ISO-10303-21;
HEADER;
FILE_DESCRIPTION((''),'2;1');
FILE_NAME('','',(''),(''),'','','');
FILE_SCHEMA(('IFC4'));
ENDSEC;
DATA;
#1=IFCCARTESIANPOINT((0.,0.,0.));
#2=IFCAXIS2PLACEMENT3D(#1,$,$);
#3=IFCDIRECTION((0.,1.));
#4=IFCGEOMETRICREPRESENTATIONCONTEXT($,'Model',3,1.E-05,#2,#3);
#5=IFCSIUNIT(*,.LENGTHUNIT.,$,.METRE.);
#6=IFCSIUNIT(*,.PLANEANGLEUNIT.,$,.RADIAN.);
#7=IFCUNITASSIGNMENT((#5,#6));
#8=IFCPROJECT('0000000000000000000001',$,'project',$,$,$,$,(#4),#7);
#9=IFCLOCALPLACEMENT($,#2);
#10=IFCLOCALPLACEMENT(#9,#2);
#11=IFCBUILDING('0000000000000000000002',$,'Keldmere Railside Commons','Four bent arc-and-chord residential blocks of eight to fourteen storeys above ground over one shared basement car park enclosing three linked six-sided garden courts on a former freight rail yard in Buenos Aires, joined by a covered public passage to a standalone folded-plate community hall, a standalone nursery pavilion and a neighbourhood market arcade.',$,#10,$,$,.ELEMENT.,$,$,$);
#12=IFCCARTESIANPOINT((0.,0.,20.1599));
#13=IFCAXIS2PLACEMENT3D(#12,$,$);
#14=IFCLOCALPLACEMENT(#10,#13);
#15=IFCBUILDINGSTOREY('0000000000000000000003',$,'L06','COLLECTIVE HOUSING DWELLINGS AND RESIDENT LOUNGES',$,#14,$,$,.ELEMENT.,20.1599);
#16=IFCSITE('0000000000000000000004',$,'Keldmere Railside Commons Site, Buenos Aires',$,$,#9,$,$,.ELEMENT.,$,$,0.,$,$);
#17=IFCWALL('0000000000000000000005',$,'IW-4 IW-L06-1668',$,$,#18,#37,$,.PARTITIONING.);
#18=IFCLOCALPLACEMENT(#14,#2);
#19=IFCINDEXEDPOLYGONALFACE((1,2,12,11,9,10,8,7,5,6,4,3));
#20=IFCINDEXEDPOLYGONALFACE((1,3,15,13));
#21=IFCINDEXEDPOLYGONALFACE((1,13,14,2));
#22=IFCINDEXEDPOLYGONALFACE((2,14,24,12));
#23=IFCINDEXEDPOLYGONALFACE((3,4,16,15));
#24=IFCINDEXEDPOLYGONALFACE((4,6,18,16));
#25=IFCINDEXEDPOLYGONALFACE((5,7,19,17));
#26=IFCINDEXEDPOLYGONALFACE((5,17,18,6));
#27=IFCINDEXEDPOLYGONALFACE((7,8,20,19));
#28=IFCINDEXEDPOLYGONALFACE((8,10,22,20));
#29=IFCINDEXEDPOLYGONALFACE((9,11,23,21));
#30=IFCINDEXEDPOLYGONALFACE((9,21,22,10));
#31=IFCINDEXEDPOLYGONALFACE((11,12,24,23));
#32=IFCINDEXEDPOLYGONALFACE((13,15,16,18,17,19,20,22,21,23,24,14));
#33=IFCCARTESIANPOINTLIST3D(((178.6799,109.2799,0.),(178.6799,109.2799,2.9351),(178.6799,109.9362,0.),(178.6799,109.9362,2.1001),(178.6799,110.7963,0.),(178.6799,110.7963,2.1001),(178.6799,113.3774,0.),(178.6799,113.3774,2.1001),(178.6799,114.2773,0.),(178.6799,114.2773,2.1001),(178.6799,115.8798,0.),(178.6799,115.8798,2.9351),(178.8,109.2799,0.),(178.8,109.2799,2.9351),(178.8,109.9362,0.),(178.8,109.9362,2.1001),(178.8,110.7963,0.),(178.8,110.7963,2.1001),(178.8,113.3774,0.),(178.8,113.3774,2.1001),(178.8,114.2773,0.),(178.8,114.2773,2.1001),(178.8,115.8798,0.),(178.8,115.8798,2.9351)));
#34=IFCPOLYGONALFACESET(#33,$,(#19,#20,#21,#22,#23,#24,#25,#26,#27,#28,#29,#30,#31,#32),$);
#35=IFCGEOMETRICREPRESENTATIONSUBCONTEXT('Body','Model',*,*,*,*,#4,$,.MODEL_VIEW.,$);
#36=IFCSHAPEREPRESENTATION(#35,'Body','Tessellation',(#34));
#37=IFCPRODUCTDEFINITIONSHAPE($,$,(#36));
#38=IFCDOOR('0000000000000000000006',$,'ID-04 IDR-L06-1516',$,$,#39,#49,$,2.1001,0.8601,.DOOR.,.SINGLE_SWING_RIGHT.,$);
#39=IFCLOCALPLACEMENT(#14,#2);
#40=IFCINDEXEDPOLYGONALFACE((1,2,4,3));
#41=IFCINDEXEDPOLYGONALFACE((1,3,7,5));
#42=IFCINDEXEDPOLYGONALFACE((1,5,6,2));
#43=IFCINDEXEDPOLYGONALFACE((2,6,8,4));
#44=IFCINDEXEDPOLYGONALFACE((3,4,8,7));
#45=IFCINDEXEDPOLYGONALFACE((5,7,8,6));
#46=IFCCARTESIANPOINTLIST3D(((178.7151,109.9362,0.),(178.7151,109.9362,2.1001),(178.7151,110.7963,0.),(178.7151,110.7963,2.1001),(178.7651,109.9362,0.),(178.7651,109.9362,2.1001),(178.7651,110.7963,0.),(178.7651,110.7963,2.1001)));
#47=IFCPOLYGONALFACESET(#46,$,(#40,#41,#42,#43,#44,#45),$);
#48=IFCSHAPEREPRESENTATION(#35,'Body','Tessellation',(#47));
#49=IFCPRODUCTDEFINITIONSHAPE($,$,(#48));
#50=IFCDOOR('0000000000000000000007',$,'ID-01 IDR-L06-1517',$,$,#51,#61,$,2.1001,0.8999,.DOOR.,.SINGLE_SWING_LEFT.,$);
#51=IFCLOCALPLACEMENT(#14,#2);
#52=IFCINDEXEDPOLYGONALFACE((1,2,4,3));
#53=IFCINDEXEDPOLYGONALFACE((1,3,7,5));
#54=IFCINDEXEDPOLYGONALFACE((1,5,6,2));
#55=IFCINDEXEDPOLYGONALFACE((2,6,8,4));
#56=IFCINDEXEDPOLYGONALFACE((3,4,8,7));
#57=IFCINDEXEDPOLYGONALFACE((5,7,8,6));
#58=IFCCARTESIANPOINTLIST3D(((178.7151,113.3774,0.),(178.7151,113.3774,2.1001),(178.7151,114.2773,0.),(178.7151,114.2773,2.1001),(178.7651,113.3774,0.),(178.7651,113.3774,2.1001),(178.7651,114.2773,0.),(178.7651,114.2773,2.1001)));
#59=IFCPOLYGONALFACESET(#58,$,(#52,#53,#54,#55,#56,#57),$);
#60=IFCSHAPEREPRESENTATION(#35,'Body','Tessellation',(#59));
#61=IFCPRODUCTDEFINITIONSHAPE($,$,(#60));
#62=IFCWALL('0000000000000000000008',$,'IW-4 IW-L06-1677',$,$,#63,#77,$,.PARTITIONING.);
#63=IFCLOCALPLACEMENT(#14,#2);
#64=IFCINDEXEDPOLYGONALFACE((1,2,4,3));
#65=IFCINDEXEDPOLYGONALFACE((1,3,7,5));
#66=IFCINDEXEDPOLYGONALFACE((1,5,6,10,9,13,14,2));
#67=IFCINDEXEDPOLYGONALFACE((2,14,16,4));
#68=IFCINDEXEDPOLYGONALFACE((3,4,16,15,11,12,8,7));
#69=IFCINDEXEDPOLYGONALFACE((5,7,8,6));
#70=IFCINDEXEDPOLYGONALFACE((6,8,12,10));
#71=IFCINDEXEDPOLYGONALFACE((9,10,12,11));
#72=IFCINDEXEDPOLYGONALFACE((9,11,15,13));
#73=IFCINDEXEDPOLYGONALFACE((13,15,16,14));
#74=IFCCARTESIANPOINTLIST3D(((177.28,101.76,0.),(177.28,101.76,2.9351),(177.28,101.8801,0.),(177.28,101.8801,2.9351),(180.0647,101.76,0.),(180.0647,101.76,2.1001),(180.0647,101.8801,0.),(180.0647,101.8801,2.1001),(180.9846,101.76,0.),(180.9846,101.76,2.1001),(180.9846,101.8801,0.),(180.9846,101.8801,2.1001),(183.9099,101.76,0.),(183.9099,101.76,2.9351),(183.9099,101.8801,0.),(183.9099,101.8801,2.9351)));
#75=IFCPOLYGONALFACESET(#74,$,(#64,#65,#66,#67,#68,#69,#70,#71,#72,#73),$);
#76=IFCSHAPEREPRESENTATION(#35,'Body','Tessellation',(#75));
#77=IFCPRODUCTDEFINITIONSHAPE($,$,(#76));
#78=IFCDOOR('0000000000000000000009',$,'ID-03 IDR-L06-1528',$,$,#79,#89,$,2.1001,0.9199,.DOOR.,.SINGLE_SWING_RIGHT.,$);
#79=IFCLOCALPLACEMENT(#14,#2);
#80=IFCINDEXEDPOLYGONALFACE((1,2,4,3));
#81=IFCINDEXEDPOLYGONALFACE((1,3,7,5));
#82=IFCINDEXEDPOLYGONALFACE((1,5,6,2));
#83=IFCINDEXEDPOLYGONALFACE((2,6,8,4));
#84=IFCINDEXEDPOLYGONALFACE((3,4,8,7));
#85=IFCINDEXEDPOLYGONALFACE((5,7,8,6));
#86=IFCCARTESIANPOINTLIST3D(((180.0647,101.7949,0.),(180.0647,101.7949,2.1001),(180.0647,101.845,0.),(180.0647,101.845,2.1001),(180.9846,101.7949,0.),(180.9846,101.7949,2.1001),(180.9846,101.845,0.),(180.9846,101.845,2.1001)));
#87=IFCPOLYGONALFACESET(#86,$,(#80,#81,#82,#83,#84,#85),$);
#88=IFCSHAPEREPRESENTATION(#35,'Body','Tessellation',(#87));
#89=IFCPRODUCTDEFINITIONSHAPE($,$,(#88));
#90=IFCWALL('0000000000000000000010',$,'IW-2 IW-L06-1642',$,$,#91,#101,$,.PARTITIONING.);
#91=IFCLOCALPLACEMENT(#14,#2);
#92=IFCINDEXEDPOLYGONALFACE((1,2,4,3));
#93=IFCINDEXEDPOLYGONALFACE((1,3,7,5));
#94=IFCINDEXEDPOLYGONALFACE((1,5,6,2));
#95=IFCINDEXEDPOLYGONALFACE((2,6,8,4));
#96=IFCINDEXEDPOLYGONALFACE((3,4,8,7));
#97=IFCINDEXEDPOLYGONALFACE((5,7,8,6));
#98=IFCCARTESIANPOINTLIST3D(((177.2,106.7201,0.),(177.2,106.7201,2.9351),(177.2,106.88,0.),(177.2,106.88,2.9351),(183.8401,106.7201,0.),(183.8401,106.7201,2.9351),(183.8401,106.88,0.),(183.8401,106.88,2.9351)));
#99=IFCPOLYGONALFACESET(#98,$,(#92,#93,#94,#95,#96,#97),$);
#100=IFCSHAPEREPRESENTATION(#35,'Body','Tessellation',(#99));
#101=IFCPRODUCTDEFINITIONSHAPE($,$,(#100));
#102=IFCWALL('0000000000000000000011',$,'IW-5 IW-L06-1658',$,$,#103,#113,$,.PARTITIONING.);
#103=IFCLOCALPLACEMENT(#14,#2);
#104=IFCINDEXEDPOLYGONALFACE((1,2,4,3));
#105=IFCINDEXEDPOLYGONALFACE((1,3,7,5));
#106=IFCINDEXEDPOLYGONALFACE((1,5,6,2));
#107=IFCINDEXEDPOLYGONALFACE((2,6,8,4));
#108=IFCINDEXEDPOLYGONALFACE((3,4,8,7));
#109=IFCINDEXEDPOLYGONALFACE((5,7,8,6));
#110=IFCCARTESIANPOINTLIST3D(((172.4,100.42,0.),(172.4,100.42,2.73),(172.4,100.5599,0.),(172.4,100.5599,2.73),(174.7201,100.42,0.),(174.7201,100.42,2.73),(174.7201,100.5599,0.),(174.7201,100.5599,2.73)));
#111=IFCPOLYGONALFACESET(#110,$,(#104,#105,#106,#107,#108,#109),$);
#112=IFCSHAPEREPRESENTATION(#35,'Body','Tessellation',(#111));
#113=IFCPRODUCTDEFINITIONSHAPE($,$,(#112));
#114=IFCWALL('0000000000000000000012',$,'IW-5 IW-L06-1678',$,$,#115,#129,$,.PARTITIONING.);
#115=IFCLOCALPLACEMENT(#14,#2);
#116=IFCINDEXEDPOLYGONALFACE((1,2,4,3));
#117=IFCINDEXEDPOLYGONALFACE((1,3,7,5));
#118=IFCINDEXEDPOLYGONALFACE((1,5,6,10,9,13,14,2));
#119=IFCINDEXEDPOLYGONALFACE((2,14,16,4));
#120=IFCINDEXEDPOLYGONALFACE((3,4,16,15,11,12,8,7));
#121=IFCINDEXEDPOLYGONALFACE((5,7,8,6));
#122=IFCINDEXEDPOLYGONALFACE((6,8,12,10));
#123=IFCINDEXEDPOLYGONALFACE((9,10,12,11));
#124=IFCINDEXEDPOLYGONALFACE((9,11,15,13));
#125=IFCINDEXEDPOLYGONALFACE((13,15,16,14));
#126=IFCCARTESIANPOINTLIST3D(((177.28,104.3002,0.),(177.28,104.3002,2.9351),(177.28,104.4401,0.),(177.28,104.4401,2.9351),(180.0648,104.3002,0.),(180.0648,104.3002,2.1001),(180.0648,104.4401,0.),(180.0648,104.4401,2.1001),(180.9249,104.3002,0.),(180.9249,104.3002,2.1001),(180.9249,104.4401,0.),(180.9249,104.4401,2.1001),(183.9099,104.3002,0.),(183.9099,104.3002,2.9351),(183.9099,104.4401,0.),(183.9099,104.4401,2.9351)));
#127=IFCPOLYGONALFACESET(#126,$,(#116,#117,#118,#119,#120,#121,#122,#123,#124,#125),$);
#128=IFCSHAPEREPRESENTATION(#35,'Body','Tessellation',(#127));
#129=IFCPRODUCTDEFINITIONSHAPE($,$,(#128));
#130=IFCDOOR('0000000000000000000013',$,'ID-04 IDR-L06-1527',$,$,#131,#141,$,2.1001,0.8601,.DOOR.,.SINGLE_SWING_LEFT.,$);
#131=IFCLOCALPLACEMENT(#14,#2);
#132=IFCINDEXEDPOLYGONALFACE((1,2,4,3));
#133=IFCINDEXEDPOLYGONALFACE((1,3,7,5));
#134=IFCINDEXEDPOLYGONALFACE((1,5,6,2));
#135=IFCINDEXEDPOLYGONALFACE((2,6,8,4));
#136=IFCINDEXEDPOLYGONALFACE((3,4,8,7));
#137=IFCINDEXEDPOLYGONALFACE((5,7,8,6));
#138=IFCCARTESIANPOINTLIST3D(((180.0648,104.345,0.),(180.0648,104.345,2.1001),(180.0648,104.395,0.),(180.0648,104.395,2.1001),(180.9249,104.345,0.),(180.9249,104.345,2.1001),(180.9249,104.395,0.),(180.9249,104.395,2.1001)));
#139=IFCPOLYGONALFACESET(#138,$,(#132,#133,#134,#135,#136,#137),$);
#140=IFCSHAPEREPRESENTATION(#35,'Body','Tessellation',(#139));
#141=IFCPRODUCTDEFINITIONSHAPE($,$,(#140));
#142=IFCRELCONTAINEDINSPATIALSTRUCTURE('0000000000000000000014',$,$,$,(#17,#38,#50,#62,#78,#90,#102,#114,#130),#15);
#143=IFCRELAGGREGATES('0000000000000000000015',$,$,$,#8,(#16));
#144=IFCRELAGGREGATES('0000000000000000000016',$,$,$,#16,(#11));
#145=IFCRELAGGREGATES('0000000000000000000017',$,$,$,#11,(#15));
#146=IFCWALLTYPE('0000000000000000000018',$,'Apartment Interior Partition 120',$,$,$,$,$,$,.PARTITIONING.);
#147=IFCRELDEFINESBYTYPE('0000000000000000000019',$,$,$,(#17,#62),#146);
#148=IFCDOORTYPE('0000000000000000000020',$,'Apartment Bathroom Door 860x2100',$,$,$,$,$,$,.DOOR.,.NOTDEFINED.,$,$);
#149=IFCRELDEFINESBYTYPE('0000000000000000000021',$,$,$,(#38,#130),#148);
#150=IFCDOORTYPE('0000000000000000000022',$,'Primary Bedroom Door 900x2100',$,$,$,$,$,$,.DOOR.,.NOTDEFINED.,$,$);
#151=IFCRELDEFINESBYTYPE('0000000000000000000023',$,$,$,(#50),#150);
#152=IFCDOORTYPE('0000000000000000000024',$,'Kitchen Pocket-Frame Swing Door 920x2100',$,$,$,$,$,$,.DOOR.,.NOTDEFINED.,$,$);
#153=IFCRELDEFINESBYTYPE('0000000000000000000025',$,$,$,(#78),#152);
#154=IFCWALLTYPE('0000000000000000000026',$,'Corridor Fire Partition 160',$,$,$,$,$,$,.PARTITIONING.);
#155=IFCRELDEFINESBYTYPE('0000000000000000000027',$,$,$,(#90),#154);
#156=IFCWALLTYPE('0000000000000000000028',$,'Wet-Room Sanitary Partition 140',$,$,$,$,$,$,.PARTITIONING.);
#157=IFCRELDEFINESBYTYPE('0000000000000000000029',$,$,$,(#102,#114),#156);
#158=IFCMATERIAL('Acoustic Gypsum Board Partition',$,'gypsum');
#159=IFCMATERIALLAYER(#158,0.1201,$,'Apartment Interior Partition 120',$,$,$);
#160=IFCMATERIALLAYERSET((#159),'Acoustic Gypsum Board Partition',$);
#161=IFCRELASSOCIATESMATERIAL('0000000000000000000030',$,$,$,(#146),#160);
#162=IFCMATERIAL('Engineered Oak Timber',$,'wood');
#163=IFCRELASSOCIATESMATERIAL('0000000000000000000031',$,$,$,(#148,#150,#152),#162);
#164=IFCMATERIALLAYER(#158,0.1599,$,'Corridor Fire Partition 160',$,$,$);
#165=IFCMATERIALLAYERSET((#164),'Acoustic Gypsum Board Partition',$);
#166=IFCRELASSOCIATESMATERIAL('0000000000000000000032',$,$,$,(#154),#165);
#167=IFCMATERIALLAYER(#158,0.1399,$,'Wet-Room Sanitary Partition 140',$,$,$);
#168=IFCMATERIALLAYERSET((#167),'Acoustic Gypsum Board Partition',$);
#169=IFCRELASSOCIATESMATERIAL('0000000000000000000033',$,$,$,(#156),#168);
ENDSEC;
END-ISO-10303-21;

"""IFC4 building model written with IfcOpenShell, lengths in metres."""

from ifc_helpers import new_model, si_unit, direction, frame, frame_2d, origin, place, context, subcontext, project, spatial, rectangle, extrude, material, layer, layer_set, type_object, element, fill, save


model = new_model("IFC4")

# Units and contexts
model_context = context("Model", 3, precision=1e-05, world=origin(), true_north=direction((0.0, 1.0)))
body_context = subcontext(model_context, "Body", "Model", "MODEL_VIEW")
ifc_project = project(units=[si_unit("LENGTHUNIT", "METRE"), si_unit("PLANEANGLEUNIT", "RADIAN")], contexts=[model_context])

# Site, building, storey
site_placement = place(None, origin())
site = spatial("IfcSite", under=ifc_project, at=site_placement, Name="Keldmere Railside Commons Site, Buenos Aires", CompositionType="ELEMENT", RefElevation=0.0)
building_placement = place(site_placement, origin())
building = spatial("IfcBuilding", under=site, at=building_placement, Name="Keldmere Railside Commons", Description="Four bent arc-and-chord residential blocks of eight to fourteen storeys above ground over one shared basement car park enclosing three linked six-sided garden courts on a former freight rail yard in Buenos Aires, joined by a covered public passage to a standalone folded-plate community hall, a standalone nursery pavilion and a neighbourhood market arcade.", CompositionType="ELEMENT")
storey_placement = place(building_placement, frame((0.0, 0.0, 20.1599)))
storey = spatial("IfcBuildingStorey", under=building, at=storey_placement, Name="L06", Description="COLLECTIVE HOUSING DWELLINGS AND RESIDENT LOUNGES", CompositionType="ELEMENT", Elevation=20.1599)

# Wall, openings, doors
ifc_material_1 = material(Name="Acoustic Gypsum Board Partition", Category="gypsum")
ifc_layer_1 = layer(ifc_material_1, 0.1201, Name="Apartment Interior Partition 120")
ifc_layer_set_1 = layer_set([ifc_layer_1], Name="Acoustic Gypsum Board Partition")
wall_type_1 = type_object("IfcWallType", Name="Apartment Interior Partition 120", PredefinedType="PARTITIONING", material=ifc_layer_set_1)
wall_1_placement = place(storey_placement, frame((178.74, 109.28, 0.0), z_axis=(0.0, 0.0, 1.0), x_axis=(0.0, 1.0, 0.0)))
wall_1 = element("IfcWall", 1, at=wall_1_placement, inside=storey, type_object=wall_type_1, Name="IW-4 IW-L06-1668", PredefinedType="PARTITIONING", context=body_context, shape_type="SweptSolid", body=[
    extrude(rectangle(XDim=6.5999, YDim=0.1201, at=frame_2d((3.2998, 0.0))), origin(), (0.0, 0.0, 1.0), 2.9351),
])
opening_1_placement = place(wall_1_placement, frame((0.656, 0.0, 0.0)))
opening_1 = element("IfcOpeningElement", 2, at=opening_1_placement, cuts=wall_1, PredefinedType="OPENING", context=body_context, shape_type="SweptSolid", body=[
    extrude(rectangle(XDim=0.8601, YDim=2.1001, at=frame_2d((0.4302, 1.05))), frame((0.0, 0.0701, 0.0), z_axis=(0.0, -1.0, 0.0), x_axis=(1.0, 0.0, 0.0)), (0.0, 0.0, 1.0), 0.1401),
])
opening_2_placement = place(wall_1_placement, frame((4.0974, 0.0, 0.0)))
opening_2 = element("IfcOpeningElement", 3, at=opening_2_placement, cuts=wall_1, PredefinedType="OPENING", context=body_context, shape_type="SweptSolid", body=[
    extrude(rectangle(XDim=0.8999, YDim=2.1001, at=frame_2d((0.45, 1.05))), frame((0.0, 0.0701, 0.0), z_axis=(0.0, -1.0, 0.0), x_axis=(1.0, 0.0, 0.0)), (0.0, 0.0, 1.0), 0.1401),
])
ifc_material_2 = material(Name="Engineered Oak Timber", Category="wood")
door_type_1 = type_object("IfcDoorType", Name="Apartment Bathroom Door 860x2100", OperationType="NOTDEFINED", PredefinedType="DOOR", material=ifc_material_2)
door_1_placement = place(opening_1_placement, origin())
door_1 = element("IfcDoor", 4, at=door_1_placement, inside=storey, type_object=door_type_1, Name="ID-04 IDR-L06-1516", OperationType="SINGLE_SWING_RIGHT", OverallHeight=2.1001, OverallWidth=0.8601, PredefinedType="DOOR", context=body_context, shape_type="SweptSolid", body=[
    extrude(rectangle(XDim=0.8601, YDim=2.1001, at=frame_2d((0.4302, 1.05))), frame((0.0, 0.0249, 0.0), z_axis=(0.0, -1.0, 0.0), x_axis=(1.0, 0.0, 0.0)), (0.0, 0.0, 1.0), 0.05),
])
fill(opening_1, door_1)
door_type_2 = type_object("IfcDoorType", Name="Primary Bedroom Door 900x2100", OperationType="NOTDEFINED", PredefinedType="DOOR", material=ifc_material_2)
door_2_placement = place(opening_2_placement, origin())
door_2 = element("IfcDoor", 5, at=door_2_placement, inside=storey, type_object=door_type_2, Name="ID-01 IDR-L06-1517", OperationType="SINGLE_SWING_LEFT", OverallHeight=2.1001, OverallWidth=0.8999, PredefinedType="DOOR", context=body_context, shape_type="SweptSolid", body=[
    extrude(rectangle(XDim=0.8999, YDim=2.1001, at=frame_2d((0.45, 1.05))), frame((0.0, 0.0249, 0.0), z_axis=(0.0, -1.0, 0.0), x_axis=(1.0, 0.0, 0.0)), (0.0, 0.0, 1.0), 0.05),
])
fill(opening_2, door_2)

# Wall, opening, door
wall_2_placement = place(storey_placement, frame((177.28, 101.8201, 0.0), z_axis=(0.0, 0.0, 1.0), x_axis=(1.0, 0.0, 0.0)))
wall_2 = element("IfcWall", 6, at=wall_2_placement, inside=storey, type_object=wall_type_1, Name="IW-4 IW-L06-1677", PredefinedType="PARTITIONING", context=body_context, shape_type="SweptSolid", body=[
    extrude(rectangle(XDim=6.6299, YDim=0.1201, at=frame_2d((3.3149, 0.0))), origin(), (0.0, 0.0, 1.0), 2.9351),
])
opening_3_placement = place(wall_2_placement, frame((2.7847, 0.0, 0.0)))
opening_3 = element("IfcOpeningElement", 7, at=opening_3_placement, cuts=wall_2, PredefinedType="OPENING", context=body_context, shape_type="SweptSolid", body=[
    extrude(rectangle(XDim=0.9199, YDim=2.1001, at=frame_2d((0.46, 1.05))), frame((0.0, 0.0701, 0.0), z_axis=(0.0, -1.0, 0.0), x_axis=(1.0, 0.0, 0.0)), (0.0, 0.0, 1.0), 0.1401),
])
door_type_3 = type_object("IfcDoorType", Name="Kitchen Pocket-Frame Swing Door 920x2100", OperationType="NOTDEFINED", PredefinedType="DOOR", material=ifc_material_2)
door_3_placement = place(opening_3_placement, origin())
door_3 = element("IfcDoor", 8, at=door_3_placement, inside=storey, type_object=door_type_3, Name="ID-03 IDR-L06-1528", OperationType="SINGLE_SWING_RIGHT", OverallHeight=2.1001, OverallWidth=0.9199, PredefinedType="DOOR", context=body_context, shape_type="SweptSolid", body=[
    extrude(rectangle(XDim=0.9199, YDim=2.1001, at=frame_2d((0.46, 1.05))), frame((0.0, 0.0249, 0.0), z_axis=(0.0, -1.0, 0.0), x_axis=(1.0, 0.0, 0.0)), (0.0, 0.0, 1.0), 0.05),
])
fill(opening_3, door_3)

# Walls
ifc_layer_2 = layer(ifc_material_1, 0.1599, Name="Corridor Fire Partition 160")
ifc_layer_set_2 = layer_set([ifc_layer_2], Name="Acoustic Gypsum Board Partition")
wall_type_2 = type_object("IfcWallType", Name="Corridor Fire Partition 160", PredefinedType="PARTITIONING", material=ifc_layer_set_2)
wall_3_placement = place(storey_placement, frame((177.2, 106.8, 0.0), z_axis=(0.0, 0.0, 1.0), x_axis=(1.0, 0.0, 0.0)))
element("IfcWall", 9, at=wall_3_placement, inside=storey, type_object=wall_type_2, Name="IW-2 IW-L06-1642", PredefinedType="PARTITIONING", context=body_context, shape_type="SweptSolid", body=[
    extrude(rectangle(XDim=6.6401, YDim=0.1599, at=frame_2d((3.3201, 0.0))), origin(), (0.0, 0.0, 1.0), 2.9351),
])
ifc_layer_3 = layer(ifc_material_1, 0.1399, Name="Wet-Room Sanitary Partition 140")
ifc_layer_set_3 = layer_set([ifc_layer_3], Name="Acoustic Gypsum Board Partition")
wall_type_3 = type_object("IfcWallType", Name="Wet-Room Sanitary Partition 140", PredefinedType="PARTITIONING", material=ifc_layer_set_3)
wall_4_placement = place(storey_placement, frame((172.3999, 100.49, 0.0), z_axis=(0.0, 0.0, 1.0), x_axis=(1.0, 0.0, 0.0)))
element("IfcWall", 10, at=wall_4_placement, inside=storey, type_object=wall_type_3, Name="IW-5 IW-L06-1658", PredefinedType="PARTITIONING", context=body_context, shape_type="SweptSolid", body=[
    extrude(rectangle(XDim=2.3201, YDim=0.1399, at=frame_2d((1.1602, 0.0))), origin(), (0.0, 0.0, 1.0), 2.73),
])

# Wall, opening, door
wall_5_placement = place(storey_placement, frame((177.28, 104.3701, 0.0), z_axis=(0.0, 0.0, 1.0), x_axis=(1.0, 0.0, 0.0)))
wall_5 = element("IfcWall", 11, at=wall_5_placement, inside=storey, type_object=wall_type_3, Name="IW-5 IW-L06-1678", PredefinedType="PARTITIONING", context=body_context, shape_type="SweptSolid", body=[
    extrude(rectangle(XDim=6.6299, YDim=0.1399, at=frame_2d((3.3149, 0.0))), origin(), (0.0, 0.0, 1.0), 2.9351),
])
opening_4_placement = place(wall_5_placement, frame((2.7847, 0.0, 0.0)))
opening_4 = element("IfcOpeningElement", 12, at=opening_4_placement, cuts=wall_5, PredefinedType="OPENING", context=body_context, shape_type="SweptSolid", body=[
    extrude(rectangle(XDim=0.8601, YDim=2.1001, at=frame_2d((0.4302, 1.05))), frame((0.0, 0.0798, 0.0), z_axis=(0.0, -1.0, 0.0), x_axis=(1.0, 0.0, 0.0)), (0.0, 0.0, 1.0), 0.1599),
])
door_4_placement = place(opening_4_placement, origin())
door_4 = element("IfcDoor", 13, at=door_4_placement, inside=storey, type_object=door_type_1, Name="ID-04 IDR-L06-1527", OperationType="SINGLE_SWING_LEFT", OverallHeight=2.1001, OverallWidth=0.8601, PredefinedType="DOOR", context=body_context, shape_type="SweptSolid", body=[
    extrude(rectangle(XDim=0.8601, YDim=2.1001, at=frame_2d((0.4302, 1.05))), frame((0.0, 0.0249, 0.0), z_axis=(0.0, -1.0, 0.0), x_axis=(1.0, 0.0, 0.0)), (0.0, 0.0, 1.0), 0.05),
])
fill(opening_4, door_4)

save(model, "model.ifc")
